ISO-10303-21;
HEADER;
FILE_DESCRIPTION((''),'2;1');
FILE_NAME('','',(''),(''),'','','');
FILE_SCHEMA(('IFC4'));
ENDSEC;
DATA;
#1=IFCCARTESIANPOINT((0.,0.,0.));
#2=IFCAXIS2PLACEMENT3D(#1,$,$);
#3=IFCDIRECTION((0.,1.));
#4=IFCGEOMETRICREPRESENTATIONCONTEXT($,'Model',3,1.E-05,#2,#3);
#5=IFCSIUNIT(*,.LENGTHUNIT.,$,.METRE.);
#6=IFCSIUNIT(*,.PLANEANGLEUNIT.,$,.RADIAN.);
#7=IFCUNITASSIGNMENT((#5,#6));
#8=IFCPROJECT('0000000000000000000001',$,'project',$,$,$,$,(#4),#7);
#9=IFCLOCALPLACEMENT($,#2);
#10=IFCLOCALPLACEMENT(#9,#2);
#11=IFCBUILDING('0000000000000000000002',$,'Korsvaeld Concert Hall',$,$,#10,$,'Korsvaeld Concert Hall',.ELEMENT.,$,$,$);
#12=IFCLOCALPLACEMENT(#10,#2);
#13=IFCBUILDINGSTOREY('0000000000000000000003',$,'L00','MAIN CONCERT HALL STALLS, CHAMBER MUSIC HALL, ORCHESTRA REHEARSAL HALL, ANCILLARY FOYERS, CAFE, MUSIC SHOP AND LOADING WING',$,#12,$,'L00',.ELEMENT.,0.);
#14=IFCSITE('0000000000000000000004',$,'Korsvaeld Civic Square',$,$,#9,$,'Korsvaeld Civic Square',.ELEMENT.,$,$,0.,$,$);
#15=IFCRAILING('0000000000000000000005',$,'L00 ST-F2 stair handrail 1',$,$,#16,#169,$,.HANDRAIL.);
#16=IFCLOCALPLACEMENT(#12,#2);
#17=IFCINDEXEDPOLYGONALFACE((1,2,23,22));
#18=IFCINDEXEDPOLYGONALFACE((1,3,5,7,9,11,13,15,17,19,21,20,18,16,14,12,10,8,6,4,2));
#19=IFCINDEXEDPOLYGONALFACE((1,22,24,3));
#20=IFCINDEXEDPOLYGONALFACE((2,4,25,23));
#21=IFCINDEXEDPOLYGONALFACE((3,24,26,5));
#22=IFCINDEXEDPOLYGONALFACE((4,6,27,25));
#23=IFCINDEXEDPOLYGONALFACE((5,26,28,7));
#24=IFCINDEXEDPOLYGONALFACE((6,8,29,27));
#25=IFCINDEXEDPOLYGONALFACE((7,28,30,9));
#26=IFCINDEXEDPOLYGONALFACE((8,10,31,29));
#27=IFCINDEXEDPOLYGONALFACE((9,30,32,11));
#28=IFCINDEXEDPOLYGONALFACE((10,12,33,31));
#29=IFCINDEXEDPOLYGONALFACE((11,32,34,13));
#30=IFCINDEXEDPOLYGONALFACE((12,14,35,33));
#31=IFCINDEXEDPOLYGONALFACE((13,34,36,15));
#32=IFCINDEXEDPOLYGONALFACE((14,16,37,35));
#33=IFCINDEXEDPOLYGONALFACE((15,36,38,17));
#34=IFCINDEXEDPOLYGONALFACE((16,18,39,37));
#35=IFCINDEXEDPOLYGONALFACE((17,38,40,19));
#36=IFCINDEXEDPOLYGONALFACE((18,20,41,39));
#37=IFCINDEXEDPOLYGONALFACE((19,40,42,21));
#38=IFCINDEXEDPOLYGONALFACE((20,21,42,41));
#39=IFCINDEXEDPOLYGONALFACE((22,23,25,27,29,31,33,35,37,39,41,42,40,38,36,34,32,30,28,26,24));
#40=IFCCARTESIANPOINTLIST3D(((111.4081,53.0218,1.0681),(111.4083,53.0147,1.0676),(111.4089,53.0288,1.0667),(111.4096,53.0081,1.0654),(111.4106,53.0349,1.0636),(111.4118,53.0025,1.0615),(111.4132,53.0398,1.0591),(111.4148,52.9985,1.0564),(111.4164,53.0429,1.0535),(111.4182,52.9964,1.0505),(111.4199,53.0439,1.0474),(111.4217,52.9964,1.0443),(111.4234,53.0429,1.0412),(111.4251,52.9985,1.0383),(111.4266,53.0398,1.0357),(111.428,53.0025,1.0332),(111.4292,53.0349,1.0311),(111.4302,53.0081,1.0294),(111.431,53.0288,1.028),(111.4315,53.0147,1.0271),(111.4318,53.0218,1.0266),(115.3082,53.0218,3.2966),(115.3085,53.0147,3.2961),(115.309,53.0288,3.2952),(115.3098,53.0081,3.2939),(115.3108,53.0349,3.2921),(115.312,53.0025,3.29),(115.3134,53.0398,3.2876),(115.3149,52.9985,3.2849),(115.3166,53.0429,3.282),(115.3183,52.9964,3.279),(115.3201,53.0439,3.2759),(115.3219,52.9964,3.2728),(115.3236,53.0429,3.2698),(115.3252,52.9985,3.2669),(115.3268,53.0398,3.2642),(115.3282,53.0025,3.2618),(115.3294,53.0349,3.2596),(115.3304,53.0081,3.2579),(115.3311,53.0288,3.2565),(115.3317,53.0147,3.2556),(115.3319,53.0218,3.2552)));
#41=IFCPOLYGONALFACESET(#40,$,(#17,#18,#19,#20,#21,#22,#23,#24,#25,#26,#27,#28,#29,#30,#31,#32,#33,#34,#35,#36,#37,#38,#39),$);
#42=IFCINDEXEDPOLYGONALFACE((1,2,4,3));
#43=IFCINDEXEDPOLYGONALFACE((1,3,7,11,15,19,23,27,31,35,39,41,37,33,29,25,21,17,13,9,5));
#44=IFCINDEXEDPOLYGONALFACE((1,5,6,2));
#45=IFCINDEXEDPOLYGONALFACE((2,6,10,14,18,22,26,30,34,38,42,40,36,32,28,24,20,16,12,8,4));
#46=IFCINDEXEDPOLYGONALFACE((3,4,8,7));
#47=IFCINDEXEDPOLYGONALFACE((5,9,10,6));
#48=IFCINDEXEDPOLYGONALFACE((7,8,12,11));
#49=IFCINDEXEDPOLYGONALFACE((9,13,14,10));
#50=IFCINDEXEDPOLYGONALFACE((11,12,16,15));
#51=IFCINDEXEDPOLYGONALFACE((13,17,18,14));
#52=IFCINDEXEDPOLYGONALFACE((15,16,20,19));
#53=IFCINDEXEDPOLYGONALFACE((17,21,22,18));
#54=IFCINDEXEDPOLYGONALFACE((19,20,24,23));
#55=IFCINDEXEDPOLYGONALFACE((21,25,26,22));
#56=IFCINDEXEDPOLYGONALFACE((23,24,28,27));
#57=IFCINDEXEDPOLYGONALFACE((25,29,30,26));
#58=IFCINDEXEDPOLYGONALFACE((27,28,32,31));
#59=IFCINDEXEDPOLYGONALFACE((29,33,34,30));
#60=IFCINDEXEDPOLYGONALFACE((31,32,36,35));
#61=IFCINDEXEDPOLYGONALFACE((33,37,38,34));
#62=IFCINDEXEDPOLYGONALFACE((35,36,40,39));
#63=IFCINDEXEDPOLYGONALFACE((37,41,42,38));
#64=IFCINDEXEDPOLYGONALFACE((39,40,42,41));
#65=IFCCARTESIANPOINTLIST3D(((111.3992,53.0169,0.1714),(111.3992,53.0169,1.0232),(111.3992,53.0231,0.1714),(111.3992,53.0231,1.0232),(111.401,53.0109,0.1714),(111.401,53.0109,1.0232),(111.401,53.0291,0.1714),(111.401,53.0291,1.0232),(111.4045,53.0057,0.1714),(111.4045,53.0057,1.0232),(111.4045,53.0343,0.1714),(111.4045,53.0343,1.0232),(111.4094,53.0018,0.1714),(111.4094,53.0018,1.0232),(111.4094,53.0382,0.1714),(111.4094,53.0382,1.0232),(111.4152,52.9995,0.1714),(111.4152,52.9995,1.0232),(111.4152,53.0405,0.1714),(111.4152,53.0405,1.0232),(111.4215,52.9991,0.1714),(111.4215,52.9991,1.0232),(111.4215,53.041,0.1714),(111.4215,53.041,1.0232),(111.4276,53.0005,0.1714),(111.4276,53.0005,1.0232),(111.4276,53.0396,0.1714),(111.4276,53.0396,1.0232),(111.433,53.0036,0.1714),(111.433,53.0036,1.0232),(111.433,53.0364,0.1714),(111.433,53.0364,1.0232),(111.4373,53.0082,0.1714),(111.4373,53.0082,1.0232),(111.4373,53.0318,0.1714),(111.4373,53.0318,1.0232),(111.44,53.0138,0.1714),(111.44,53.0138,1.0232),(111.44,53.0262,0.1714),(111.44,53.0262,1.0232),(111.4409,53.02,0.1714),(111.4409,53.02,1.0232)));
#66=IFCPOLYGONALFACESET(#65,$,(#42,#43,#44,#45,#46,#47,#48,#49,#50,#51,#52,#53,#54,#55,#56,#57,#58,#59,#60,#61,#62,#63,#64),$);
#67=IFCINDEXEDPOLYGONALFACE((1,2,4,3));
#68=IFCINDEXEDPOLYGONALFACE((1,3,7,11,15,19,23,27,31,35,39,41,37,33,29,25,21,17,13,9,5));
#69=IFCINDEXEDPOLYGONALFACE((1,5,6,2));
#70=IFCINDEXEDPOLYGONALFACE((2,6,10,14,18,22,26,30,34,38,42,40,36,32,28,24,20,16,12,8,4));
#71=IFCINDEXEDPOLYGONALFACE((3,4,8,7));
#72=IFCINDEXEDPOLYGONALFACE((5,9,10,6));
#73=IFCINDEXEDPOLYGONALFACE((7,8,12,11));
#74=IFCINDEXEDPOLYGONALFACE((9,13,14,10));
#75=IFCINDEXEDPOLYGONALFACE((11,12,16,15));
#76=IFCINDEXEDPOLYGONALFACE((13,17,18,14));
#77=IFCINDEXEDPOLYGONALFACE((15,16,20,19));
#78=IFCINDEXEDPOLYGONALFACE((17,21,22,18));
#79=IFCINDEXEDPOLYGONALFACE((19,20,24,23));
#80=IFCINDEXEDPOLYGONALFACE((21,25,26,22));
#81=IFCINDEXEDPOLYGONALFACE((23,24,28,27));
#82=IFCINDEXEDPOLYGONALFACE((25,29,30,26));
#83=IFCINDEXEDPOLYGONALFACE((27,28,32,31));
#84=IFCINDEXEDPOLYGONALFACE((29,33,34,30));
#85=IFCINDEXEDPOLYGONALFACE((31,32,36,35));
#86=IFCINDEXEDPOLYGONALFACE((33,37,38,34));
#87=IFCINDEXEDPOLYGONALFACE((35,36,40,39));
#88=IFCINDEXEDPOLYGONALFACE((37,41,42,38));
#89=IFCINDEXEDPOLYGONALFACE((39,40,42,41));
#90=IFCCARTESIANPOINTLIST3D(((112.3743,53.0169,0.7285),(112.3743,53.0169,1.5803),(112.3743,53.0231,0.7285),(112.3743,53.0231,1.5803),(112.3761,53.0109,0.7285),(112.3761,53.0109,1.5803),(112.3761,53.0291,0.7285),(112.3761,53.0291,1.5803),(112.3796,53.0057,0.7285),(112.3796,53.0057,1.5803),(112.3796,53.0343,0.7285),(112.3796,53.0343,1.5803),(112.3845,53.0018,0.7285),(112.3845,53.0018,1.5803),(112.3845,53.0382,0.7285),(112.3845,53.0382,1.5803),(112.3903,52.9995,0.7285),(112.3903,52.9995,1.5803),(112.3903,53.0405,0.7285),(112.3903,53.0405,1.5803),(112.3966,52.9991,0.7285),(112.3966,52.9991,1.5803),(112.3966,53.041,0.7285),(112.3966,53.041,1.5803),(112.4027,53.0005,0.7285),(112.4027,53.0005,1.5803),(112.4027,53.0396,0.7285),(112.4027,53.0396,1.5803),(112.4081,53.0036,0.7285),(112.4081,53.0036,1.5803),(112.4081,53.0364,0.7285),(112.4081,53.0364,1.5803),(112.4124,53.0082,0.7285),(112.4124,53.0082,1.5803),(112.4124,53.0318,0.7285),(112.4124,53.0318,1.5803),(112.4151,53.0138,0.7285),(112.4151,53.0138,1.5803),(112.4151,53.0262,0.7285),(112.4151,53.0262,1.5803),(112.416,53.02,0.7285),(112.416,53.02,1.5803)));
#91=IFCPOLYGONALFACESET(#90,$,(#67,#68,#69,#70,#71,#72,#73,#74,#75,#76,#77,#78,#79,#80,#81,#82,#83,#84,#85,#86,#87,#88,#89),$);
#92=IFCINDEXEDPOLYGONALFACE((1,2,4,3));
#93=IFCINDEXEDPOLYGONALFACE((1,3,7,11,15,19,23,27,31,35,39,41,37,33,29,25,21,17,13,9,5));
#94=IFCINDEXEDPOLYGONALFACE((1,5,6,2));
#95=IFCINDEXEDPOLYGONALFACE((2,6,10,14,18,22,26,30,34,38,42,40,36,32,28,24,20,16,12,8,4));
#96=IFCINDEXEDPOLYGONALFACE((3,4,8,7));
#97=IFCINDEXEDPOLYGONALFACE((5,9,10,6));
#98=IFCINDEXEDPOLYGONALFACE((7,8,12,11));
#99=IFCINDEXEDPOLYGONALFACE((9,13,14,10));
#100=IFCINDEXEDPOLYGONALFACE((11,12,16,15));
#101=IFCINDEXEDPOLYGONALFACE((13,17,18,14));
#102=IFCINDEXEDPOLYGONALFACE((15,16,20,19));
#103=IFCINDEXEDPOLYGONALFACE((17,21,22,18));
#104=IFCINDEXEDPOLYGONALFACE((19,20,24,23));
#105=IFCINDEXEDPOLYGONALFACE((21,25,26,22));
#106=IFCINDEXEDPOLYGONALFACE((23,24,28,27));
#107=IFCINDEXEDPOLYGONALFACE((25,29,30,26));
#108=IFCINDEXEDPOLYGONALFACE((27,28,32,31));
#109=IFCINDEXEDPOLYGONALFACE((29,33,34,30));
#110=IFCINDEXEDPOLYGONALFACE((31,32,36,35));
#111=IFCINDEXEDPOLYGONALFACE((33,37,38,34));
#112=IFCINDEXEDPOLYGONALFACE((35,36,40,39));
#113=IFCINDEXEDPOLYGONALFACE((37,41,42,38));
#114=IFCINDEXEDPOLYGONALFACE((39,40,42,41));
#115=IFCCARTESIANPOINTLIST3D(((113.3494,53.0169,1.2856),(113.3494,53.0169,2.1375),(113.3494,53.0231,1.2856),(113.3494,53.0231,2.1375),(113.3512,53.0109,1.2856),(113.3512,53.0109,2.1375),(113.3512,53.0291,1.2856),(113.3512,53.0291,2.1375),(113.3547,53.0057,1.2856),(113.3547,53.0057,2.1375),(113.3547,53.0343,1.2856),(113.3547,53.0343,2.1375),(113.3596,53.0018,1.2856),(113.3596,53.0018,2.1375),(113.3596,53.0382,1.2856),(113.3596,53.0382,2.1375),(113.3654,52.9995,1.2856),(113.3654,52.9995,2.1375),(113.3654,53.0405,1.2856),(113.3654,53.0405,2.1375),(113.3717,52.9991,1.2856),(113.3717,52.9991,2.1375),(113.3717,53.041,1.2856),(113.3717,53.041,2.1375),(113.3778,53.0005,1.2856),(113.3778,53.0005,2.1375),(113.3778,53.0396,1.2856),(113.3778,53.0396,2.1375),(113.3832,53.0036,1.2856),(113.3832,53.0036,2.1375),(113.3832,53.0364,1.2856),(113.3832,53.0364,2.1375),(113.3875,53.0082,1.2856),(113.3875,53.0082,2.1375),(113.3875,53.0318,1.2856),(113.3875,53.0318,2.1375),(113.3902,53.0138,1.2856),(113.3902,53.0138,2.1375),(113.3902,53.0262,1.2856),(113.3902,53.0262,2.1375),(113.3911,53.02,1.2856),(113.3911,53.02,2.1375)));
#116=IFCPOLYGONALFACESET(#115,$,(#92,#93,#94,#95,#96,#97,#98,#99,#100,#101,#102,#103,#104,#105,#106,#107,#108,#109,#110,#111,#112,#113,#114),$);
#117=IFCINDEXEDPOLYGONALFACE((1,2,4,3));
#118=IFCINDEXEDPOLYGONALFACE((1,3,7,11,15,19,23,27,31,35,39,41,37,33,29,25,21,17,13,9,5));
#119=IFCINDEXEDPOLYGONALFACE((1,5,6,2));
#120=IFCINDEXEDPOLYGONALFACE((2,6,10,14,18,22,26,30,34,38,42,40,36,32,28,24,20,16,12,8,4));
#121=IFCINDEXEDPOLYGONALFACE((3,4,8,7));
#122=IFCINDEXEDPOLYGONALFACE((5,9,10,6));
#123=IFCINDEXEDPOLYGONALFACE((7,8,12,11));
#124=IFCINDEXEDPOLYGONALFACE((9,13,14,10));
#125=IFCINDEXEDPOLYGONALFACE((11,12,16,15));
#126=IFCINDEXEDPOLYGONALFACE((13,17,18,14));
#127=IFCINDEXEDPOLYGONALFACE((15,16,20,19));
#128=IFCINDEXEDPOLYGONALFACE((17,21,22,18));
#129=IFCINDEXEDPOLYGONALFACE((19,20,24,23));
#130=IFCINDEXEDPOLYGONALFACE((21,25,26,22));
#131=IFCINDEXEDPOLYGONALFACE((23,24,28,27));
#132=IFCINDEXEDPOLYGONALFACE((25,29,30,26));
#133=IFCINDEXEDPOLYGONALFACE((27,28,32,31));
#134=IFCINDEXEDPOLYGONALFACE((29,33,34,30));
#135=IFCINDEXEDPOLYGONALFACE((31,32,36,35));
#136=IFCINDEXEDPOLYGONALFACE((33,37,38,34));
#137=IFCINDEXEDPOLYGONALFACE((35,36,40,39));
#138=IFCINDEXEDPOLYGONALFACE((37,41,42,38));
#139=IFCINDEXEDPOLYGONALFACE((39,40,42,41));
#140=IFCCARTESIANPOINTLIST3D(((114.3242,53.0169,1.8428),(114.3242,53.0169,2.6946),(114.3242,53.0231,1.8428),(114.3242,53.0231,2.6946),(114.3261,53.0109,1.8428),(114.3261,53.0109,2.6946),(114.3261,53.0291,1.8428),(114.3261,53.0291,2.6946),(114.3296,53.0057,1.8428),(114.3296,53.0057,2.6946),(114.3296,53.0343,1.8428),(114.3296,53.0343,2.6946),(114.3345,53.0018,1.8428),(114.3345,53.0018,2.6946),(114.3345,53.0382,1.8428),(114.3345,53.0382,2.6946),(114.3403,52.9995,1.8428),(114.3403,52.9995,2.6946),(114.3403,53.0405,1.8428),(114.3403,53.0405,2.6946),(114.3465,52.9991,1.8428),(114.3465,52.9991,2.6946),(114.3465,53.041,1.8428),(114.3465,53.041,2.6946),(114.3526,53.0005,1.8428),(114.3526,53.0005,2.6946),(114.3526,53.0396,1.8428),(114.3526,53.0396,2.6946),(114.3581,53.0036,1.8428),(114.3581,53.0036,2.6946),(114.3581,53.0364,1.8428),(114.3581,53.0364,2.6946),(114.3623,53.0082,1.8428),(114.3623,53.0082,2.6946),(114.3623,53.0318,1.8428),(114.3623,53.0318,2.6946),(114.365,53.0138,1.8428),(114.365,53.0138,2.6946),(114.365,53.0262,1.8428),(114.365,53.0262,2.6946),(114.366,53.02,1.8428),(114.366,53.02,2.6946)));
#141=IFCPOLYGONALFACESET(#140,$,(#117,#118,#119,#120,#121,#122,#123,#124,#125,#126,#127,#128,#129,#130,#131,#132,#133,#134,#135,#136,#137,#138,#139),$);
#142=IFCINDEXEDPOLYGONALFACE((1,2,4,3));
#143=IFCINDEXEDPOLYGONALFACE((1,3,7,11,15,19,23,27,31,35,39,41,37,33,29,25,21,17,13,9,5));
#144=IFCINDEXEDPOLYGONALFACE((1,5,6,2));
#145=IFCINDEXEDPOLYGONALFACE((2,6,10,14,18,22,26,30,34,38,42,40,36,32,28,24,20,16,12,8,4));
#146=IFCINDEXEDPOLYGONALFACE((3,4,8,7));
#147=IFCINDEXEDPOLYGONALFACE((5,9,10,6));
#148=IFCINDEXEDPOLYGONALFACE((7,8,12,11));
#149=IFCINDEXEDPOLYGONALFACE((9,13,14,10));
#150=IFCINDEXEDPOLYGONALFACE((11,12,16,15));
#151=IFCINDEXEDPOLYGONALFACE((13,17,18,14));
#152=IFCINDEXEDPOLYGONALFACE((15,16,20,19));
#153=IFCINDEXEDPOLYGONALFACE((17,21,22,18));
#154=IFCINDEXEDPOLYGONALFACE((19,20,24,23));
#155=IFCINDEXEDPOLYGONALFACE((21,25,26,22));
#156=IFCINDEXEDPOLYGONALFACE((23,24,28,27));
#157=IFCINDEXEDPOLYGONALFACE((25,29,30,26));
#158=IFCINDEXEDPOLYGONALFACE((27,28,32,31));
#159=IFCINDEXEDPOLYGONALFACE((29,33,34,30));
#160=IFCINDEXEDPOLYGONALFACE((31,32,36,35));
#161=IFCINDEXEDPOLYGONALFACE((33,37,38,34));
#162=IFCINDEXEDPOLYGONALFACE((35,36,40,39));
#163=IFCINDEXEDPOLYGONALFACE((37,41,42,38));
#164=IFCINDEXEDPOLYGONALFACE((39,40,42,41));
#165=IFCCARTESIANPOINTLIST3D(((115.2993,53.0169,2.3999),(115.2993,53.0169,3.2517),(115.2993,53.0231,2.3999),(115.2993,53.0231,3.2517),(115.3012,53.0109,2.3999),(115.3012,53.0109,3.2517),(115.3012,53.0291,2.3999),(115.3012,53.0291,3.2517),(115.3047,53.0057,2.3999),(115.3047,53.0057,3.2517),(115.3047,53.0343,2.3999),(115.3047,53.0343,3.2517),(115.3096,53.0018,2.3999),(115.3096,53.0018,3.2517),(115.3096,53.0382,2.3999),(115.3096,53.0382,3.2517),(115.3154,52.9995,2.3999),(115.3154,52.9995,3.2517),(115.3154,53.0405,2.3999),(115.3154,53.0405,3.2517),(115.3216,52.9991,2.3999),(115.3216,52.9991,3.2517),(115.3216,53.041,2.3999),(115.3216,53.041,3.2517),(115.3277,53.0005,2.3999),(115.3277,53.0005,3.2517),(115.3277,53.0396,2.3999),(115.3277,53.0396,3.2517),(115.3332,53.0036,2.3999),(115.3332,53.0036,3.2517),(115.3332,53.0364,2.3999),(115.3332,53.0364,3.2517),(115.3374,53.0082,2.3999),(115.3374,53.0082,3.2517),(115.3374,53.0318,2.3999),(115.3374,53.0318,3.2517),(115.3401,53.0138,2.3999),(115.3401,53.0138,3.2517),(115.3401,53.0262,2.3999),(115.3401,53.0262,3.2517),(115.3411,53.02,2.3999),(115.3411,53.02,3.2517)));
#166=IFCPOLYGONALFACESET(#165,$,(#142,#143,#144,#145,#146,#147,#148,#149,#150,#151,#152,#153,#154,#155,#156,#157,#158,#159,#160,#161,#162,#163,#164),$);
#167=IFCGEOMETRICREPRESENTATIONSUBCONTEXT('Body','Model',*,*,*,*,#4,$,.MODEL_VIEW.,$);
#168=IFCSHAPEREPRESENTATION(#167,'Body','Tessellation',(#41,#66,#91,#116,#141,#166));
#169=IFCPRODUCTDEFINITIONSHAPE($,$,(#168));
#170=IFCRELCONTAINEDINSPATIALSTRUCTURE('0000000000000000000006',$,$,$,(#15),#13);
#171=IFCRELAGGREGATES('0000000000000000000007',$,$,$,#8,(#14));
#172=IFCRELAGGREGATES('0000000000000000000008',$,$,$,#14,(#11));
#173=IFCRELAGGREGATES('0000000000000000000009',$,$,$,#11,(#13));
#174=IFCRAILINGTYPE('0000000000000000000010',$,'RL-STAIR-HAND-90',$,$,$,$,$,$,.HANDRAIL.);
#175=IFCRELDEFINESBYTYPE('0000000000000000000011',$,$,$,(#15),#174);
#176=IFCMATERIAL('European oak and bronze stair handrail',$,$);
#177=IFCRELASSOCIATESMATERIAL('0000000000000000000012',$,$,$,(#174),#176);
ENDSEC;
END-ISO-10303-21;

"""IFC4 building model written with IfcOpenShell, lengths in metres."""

from ifc_helpers import new_model, si_unit, direction, frame, origin, origin_2d, place, context, subcontext, project, spatial, circle, extrude, material, type_object, element, save


model = new_model("IFC4")

# Units and contexts
model_context = context("Model", 3, precision=1e-05, world=origin(), true_north=direction((0.0, 1.0)))
body_context = subcontext(model_context, "Body", "Model", "MODEL_VIEW")
ifc_project = project(units=[si_unit("LENGTHUNIT", "METRE"), si_unit("PLANEANGLEUNIT", "RADIAN")], contexts=[model_context])

# Site, building, storey
site_placement = place(None, origin())
site = spatial("IfcSite", under=ifc_project, at=site_placement, Name="Korsvaeld Civic Square", LongName="Korsvaeld Civic Square", CompositionType="ELEMENT", RefElevation=0.0)
building_placement = place(site_placement, origin())
building = spatial("IfcBuilding", under=site, at=building_placement, Name="Korsvaeld Concert Hall", LongName="Korsvaeld Concert Hall", CompositionType="ELEMENT")
storey_placement = place(building_placement, origin())
storey = spatial("IfcBuildingStorey", under=building, at=storey_placement, Name="L00", Description="MAIN CONCERT HALL STALLS, CHAMBER MUSIC HALL, ORCHESTRA REHEARSAL HALL, ANCILLARY FOYERS, CAFE, MUSIC SHOP AND LOADING WING", LongName="L00", CompositionType="ELEMENT", Elevation=0.0)

# Railing
ifc_material_1 = material(Name="European oak and bronze stair handrail")
railing_type_1 = type_object("IfcRailingType", Name="RL-STAIR-HAND-90", PredefinedType="HANDRAIL", material=ifc_material_1)
railing_1_placement = place(storey_placement, frame((111.4199, 53.02, 0.1714)))
element("IfcRailing", 1, at=railing_1_placement, inside=storey, type_object=railing_type_1, Name="L00 ST-F2 stair handrail 1", PredefinedType="HANDRAIL", context=body_context, shape_type="SweptSolid", body=[
    extrude(circle(Radius=0.0239, at=origin_2d()), frame((0.0, 0.0, 0.876), z_axis=(0.868257, 0.0, 0.496116), x_axis=(0.0, 1.0, 0.0)), (0.0, 0.0, 1.0), 4.4919),
    extrude(circle(Radius=0.021, at=origin_2d()), origin(), (0.0, 0.0, 1.0), 0.8518),
    extrude(circle(Radius=0.021, at=origin_2d()), frame((0.9751, 0.0, 0.5571)), (0.0, 0.0, 1.0), 0.8518),
    extrude(circle(Radius=0.021, at=origin_2d()), frame((1.9502, 0.0, 1.1143)), (0.0, 0.0, 1.0), 0.8518),
    extrude(circle(Radius=0.021, at=origin_2d()), frame((2.925, 0.0, 1.6714)), (0.0, 0.0, 1.0), 0.8518),
    extrude(circle(Radius=0.021, at=origin_2d()), frame((3.9001, 0.0, 2.2285)), (0.0, 0.0, 1.0), 0.8518),
])

save(model, "model.ifc")
